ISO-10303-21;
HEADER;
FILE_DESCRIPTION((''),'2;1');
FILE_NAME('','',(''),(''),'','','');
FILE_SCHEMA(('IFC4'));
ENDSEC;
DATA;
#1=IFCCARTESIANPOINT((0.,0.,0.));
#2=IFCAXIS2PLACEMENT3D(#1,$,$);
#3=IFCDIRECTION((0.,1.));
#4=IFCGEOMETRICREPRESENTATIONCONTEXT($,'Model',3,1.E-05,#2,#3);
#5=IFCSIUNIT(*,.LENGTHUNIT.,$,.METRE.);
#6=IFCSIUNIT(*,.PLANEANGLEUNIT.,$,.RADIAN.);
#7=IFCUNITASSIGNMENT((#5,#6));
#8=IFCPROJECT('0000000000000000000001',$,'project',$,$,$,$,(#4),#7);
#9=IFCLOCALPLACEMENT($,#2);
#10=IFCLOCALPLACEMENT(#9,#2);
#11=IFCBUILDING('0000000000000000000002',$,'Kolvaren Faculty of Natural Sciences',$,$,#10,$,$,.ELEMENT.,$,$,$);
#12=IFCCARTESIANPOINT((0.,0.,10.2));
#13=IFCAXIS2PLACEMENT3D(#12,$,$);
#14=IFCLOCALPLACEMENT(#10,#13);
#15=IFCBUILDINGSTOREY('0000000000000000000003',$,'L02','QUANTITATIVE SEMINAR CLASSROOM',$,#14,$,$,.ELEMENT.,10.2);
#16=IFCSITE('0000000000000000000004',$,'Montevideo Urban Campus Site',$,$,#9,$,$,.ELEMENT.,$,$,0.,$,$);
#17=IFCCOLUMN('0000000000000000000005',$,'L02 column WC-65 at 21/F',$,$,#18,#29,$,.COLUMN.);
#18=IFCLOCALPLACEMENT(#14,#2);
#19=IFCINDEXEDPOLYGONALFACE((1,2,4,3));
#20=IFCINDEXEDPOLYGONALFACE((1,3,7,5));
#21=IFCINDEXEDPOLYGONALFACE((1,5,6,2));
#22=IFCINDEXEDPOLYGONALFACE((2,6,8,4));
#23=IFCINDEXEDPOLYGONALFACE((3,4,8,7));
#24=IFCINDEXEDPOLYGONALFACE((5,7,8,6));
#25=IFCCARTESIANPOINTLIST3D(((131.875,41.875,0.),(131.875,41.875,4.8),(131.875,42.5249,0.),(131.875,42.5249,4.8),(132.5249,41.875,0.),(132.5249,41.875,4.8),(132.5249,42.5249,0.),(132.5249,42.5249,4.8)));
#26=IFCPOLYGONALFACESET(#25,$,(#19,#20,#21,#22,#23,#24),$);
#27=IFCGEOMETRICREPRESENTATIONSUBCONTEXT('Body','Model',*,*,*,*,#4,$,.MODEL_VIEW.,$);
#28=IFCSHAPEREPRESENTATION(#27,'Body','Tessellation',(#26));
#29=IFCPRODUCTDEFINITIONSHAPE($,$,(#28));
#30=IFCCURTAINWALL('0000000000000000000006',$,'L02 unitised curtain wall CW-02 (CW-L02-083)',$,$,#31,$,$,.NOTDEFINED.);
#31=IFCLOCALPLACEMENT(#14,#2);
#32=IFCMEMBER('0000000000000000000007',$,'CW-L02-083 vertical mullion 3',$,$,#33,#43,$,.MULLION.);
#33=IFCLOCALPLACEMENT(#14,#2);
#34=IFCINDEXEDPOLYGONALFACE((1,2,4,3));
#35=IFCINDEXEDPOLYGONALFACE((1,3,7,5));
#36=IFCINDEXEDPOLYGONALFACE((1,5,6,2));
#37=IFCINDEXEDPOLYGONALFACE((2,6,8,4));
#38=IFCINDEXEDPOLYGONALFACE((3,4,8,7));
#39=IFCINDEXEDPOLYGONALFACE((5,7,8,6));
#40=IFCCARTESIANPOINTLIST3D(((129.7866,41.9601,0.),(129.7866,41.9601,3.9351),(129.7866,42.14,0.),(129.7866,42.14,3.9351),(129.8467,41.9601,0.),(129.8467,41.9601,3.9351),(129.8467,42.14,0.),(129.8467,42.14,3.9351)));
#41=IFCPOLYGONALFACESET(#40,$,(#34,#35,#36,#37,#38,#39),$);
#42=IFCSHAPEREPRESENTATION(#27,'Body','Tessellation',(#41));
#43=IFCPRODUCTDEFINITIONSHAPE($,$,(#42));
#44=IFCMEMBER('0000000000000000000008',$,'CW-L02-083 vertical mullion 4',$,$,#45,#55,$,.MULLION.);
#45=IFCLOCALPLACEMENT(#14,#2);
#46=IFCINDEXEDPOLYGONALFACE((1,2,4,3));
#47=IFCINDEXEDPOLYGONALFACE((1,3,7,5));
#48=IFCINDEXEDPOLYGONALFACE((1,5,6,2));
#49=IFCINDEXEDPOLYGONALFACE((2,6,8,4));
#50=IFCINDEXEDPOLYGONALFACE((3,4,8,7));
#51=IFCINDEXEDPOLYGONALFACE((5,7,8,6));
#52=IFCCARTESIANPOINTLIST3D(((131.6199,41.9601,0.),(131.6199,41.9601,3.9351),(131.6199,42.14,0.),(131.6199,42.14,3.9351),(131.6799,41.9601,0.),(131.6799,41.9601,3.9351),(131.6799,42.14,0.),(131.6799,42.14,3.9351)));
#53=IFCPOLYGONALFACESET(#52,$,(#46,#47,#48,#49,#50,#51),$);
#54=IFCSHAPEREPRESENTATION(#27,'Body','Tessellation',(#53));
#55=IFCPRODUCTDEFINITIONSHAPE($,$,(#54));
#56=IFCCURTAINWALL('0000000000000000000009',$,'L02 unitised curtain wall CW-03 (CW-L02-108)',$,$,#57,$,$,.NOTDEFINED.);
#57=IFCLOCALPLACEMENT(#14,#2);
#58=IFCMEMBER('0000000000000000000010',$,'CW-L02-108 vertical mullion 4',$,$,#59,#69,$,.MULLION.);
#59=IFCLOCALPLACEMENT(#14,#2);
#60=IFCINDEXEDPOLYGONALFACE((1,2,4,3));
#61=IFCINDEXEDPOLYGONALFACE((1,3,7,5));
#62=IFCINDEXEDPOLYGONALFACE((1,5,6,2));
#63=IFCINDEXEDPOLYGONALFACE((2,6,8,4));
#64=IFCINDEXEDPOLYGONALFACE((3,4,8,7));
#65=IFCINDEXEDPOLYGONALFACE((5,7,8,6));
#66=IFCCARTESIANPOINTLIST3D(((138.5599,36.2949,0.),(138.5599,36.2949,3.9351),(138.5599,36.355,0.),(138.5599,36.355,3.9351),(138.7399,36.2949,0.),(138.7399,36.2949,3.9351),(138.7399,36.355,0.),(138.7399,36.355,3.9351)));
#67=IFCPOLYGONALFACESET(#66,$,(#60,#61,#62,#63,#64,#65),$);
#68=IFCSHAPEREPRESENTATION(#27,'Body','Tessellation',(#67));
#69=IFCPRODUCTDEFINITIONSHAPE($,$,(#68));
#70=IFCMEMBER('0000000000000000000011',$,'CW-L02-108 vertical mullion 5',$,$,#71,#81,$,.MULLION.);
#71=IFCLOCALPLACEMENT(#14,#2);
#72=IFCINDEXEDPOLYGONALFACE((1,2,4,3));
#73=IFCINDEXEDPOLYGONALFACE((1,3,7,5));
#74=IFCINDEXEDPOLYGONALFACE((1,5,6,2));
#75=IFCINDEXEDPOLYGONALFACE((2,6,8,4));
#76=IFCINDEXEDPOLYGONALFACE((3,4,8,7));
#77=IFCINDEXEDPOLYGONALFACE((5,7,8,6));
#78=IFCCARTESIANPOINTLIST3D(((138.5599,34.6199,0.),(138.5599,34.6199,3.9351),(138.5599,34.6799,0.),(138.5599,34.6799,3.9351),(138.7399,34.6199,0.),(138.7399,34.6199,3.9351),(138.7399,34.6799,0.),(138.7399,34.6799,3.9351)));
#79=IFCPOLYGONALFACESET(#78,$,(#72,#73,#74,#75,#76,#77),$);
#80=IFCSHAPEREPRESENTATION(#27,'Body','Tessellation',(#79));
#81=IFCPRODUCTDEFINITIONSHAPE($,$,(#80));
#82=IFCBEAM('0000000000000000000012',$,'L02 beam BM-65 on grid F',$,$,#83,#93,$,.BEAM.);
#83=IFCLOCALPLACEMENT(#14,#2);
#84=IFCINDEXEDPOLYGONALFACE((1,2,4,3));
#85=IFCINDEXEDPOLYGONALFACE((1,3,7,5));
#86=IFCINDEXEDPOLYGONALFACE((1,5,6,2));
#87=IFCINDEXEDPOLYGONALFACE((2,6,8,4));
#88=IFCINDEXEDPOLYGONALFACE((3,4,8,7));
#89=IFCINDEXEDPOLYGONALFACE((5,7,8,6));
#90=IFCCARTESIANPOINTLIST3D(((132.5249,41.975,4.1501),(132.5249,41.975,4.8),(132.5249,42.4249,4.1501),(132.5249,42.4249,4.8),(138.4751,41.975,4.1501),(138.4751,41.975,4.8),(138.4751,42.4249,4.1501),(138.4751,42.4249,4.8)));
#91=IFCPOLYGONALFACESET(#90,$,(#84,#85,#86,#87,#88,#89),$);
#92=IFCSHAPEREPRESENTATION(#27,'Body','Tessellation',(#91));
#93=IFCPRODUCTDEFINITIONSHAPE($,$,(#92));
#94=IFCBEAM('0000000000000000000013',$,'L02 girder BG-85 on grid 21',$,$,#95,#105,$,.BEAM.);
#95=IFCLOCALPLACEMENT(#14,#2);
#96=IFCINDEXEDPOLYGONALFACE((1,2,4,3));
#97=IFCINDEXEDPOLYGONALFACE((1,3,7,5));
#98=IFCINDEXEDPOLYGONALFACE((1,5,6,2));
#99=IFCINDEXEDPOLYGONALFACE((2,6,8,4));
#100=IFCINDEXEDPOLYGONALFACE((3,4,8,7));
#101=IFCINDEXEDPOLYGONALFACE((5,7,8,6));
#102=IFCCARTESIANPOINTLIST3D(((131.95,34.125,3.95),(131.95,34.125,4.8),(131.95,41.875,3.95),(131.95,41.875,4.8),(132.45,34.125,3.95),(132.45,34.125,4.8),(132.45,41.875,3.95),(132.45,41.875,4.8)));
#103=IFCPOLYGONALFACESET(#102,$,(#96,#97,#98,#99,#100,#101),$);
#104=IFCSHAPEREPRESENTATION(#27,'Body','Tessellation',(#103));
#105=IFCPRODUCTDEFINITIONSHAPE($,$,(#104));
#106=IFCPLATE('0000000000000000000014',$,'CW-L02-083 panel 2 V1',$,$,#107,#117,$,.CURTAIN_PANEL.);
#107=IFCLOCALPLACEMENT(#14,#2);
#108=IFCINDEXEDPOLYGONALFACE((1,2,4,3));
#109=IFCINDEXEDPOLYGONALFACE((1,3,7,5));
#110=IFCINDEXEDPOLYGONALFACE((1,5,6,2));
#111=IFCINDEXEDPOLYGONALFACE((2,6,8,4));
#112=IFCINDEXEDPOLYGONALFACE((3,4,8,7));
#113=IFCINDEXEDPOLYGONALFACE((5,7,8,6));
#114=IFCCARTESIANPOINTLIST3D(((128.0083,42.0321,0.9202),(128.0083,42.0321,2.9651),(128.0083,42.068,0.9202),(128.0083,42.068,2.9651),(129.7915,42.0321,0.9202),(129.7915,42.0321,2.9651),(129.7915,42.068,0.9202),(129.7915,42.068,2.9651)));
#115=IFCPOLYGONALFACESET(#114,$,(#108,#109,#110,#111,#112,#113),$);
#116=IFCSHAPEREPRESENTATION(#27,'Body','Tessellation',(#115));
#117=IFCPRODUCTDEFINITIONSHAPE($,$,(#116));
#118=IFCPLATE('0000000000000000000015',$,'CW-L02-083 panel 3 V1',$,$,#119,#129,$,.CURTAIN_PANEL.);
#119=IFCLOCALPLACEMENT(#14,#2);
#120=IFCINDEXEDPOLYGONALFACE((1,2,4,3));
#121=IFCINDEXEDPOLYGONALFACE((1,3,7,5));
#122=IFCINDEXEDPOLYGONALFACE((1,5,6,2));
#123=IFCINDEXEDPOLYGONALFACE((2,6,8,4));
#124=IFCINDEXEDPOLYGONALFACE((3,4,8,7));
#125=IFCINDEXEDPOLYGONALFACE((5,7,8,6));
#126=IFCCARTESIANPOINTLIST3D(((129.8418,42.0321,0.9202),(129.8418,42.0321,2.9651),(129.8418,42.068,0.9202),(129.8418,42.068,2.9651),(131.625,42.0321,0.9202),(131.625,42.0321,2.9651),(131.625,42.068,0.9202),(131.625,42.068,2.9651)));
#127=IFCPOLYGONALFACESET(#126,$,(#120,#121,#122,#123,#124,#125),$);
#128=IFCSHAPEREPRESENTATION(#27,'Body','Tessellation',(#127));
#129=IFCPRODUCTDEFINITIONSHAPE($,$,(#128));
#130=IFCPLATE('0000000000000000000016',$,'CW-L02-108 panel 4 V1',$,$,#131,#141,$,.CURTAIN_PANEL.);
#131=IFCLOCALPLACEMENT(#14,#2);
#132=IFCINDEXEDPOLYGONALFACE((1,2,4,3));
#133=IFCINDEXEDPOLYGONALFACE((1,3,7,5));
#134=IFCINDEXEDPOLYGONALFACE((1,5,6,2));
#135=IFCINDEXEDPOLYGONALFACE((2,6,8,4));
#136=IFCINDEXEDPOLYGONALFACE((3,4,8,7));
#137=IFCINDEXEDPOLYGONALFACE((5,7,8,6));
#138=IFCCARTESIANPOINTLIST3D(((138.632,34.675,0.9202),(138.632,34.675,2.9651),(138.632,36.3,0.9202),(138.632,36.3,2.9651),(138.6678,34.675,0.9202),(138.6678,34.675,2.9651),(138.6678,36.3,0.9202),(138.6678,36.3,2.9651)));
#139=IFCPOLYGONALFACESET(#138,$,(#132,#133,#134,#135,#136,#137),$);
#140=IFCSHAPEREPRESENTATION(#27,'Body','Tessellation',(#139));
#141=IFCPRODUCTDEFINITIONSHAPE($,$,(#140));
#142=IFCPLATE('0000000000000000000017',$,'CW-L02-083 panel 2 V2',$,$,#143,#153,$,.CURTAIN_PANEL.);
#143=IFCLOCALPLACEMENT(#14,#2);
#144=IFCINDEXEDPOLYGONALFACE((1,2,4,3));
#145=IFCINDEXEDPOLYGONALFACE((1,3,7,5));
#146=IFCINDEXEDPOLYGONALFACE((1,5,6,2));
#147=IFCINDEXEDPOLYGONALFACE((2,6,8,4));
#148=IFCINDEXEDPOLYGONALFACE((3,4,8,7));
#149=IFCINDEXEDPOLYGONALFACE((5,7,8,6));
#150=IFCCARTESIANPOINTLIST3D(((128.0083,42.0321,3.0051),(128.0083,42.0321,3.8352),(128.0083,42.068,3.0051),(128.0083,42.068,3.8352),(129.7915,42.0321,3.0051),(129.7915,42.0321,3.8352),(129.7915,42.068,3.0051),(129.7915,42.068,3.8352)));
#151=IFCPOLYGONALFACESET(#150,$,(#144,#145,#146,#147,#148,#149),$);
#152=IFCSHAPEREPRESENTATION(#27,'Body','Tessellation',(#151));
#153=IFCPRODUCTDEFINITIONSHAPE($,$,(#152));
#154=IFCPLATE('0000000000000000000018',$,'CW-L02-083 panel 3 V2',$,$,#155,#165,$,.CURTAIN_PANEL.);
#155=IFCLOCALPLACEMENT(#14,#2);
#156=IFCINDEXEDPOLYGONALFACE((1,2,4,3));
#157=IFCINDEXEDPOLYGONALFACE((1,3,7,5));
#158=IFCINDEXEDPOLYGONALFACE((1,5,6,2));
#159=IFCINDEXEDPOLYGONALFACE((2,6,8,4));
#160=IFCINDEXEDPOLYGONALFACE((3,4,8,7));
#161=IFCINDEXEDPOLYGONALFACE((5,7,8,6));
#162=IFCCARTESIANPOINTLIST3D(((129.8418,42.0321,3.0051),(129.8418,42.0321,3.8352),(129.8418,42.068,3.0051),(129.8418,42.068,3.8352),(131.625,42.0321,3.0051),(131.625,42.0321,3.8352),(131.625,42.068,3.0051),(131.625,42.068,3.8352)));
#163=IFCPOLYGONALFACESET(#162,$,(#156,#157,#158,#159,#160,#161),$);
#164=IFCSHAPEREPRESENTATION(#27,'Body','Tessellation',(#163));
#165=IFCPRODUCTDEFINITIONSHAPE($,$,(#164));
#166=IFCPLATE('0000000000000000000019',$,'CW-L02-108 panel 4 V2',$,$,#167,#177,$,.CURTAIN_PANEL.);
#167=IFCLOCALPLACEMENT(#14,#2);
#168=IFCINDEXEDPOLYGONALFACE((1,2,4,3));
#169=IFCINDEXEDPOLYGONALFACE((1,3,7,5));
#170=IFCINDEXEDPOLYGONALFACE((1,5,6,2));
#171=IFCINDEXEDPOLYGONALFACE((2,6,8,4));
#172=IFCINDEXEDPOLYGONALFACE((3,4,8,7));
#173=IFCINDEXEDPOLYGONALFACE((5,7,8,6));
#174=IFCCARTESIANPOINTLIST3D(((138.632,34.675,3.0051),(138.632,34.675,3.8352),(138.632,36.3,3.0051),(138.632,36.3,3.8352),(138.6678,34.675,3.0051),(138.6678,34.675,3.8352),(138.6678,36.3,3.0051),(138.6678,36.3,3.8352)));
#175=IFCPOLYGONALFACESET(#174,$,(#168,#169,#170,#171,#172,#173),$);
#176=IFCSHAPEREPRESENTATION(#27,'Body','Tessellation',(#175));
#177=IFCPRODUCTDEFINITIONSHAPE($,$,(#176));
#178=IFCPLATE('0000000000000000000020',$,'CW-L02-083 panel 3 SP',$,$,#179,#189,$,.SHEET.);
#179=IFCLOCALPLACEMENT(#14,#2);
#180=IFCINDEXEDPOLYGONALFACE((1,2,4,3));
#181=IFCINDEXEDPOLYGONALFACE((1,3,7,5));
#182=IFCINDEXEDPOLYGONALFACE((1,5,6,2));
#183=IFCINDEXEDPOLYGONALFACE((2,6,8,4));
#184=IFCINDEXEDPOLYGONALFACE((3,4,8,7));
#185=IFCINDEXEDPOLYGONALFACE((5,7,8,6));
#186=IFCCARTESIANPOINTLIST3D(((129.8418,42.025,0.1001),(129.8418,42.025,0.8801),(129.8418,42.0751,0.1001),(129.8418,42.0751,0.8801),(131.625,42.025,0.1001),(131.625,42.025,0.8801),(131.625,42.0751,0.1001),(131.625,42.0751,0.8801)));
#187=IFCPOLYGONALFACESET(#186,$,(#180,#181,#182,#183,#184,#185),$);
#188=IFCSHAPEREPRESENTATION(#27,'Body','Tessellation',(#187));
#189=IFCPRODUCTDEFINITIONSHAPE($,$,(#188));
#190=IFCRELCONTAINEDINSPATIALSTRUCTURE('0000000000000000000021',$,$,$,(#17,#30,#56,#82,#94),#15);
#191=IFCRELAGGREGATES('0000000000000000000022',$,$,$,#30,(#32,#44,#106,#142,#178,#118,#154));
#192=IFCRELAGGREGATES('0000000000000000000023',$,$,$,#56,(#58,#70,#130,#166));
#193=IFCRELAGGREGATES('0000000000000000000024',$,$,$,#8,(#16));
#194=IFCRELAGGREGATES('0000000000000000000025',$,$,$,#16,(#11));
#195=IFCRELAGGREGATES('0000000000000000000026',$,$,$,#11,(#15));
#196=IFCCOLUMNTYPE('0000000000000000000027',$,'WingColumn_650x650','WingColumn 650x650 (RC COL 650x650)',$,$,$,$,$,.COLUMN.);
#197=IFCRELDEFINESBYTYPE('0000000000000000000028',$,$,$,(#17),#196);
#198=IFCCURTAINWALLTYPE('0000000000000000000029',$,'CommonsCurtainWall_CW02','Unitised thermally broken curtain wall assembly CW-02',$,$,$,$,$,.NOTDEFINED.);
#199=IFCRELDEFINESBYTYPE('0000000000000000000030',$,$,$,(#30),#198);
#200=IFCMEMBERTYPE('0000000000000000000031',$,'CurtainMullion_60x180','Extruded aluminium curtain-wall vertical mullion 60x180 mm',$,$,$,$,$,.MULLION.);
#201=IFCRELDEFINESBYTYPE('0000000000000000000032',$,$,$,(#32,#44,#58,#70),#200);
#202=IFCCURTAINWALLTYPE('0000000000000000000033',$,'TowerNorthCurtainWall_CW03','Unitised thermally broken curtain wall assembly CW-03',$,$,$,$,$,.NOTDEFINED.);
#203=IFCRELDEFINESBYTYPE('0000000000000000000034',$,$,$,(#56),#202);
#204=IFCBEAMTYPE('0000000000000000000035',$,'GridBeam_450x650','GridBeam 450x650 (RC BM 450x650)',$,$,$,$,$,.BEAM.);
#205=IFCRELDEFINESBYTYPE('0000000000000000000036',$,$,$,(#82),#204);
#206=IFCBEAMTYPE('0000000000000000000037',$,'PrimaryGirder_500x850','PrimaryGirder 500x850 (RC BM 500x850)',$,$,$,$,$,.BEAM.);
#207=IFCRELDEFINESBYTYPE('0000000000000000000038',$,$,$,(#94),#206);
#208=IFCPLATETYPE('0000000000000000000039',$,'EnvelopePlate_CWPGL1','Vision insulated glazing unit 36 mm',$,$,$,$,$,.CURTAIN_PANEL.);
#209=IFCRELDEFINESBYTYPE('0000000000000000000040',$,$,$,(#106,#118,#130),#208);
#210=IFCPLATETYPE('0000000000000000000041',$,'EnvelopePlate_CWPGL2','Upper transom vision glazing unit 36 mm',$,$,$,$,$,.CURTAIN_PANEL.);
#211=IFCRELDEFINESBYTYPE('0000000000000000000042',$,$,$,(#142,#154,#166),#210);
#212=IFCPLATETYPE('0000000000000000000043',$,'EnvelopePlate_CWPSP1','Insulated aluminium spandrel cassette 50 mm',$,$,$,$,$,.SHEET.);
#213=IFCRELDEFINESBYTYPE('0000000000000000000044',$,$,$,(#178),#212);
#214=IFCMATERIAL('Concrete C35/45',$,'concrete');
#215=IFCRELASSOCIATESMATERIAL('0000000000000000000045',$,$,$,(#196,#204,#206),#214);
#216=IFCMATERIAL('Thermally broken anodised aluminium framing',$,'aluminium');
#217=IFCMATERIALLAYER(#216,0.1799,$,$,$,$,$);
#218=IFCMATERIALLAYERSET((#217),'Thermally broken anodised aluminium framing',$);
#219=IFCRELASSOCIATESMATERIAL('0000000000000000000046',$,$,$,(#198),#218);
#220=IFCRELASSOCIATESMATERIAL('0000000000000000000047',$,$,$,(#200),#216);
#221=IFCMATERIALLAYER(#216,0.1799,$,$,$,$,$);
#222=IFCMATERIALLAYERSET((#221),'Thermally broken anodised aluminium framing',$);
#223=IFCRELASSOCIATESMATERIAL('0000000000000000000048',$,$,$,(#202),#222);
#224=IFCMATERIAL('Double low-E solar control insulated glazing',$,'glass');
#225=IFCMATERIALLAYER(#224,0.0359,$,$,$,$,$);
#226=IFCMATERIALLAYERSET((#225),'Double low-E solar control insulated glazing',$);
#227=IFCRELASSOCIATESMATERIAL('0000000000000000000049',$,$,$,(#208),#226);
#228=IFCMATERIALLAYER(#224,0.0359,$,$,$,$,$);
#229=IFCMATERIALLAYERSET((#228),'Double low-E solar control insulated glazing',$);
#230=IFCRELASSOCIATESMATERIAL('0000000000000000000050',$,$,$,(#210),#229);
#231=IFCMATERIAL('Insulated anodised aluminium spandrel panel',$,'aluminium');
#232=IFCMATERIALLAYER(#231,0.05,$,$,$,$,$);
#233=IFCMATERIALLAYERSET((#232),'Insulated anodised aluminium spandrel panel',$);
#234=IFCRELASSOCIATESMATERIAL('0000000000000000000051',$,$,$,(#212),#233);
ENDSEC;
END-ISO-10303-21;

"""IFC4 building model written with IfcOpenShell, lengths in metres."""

from ifc_helpers import new_model, si_unit, direction, frame, origin, origin_2d, place, context, subcontext, project, spatial, rectangle, extrude, material, layer, layer_set, material_profile, profile_set, type_object, element, aggregate, save


model = new_model("IFC4")

# Units and contexts
model_context = context("Model", 3, precision=1e-05, world=origin(), true_north=direction((0.0, 1.0)))
body_context = subcontext(model_context, "Body", "Model", "MODEL_VIEW")
ifc_project = project(units=[si_unit("LENGTHUNIT", "METRE"), si_unit("PLANEANGLEUNIT", "RADIAN")], contexts=[model_context])

# Site, building, storey
site_placement = place(None, origin())
site = spatial("IfcSite", under=ifc_project, at=site_placement, Name="Montevideo Urban Campus Site", CompositionType="ELEMENT", RefElevation=0.0)
building_placement = place(site_placement, origin())
building = spatial("IfcBuilding", under=site, at=building_placement, Name="Kolvaren Faculty of Natural Sciences", CompositionType="ELEMENT")
storey_placement = place(building_placement, frame((0.0, 0.0, 10.2)))
storey = spatial("IfcBuildingStorey", under=building, at=storey_placement, Name="L02", Description="QUANTITATIVE SEMINAR CLASSROOM", CompositionType="ELEMENT", Elevation=10.2)

# Column
ifc_material_1 = material(Name="Concrete C35/45", Category="concrete")
ifc_material_profile_1 = material_profile(ifc_material_1, rectangle(XDim=0.6499, YDim=0.6499, at=origin_2d()), Name="RC COL 650x650")
ifc_profile_set_1 = profile_set([ifc_material_profile_1], Name="Concrete C35/45")
column_type = type_object("IfcColumnType", Name="WingColumn_650x650", Description="WingColumn 650x650 (RC COL 650x650)", PredefinedType="COLUMN", material=ifc_profile_set_1)
column_placement = place(storey_placement, frame((132.2, 42.2, 0.0), z_axis=(0.0, 0.0, 1.0), x_axis=(1.0, 0.0, 0.0)))
element("IfcColumn", 1, at=column_placement, inside=storey, type_object=column_type, Name="L02 column WC-65 at 21/F", PredefinedType="COLUMN", context=body_context, shape_type="SweptSolid", body=[
    extrude(rectangle(XDim=0.6499, YDim=0.6499, at=origin_2d()), origin(), (0.0, 0.0, 1.0), 4.8),
])

# Curtain walls, members
ifc_material_2 = material(Name="Thermally broken anodised aluminium framing", Category="aluminium")
ifc_layer_1 = layer(ifc_material_2, 0.1799)
ifc_layer_set_1 = layer_set([ifc_layer_1], Name="Thermally broken anodised aluminium framing")
curtain_wall_type_1 = type_object("IfcCurtainWallType", Name="CommonsCurtainWall_CW02", Description="Unitised thermally broken curtain wall assembly CW-02", PredefinedType="NOTDEFINED", material=ifc_layer_set_1)
curtain_wall_1_placement = place(storey_placement, origin())
curtain_wall_1 = element("IfcCurtainWall", 2, at=curtain_wall_1_placement, inside=storey, type_object=curtain_wall_type_1, Name="L02 unitised curtain wall CW-02 (CW-L02-083)", PredefinedType="NOTDEFINED")
ifc_material_profile_2 = material_profile(ifc_material_2, rectangle(XDim=0.0601, YDim=0.1799, at=origin_2d()), Name="ALU MUL 60x180")
ifc_profile_set_2 = profile_set([ifc_material_profile_2], Name="Thermally broken anodised aluminium framing")
member_type = type_object("IfcMemberType", Name="CurtainMullion_60x180", Description="Extruded aluminium curtain-wall vertical mullion 60x180 mm", PredefinedType="MULLION", material=ifc_profile_set_2)
member_1_placement = place(storey_placement, frame((129.8167, 42.05, 0.0), z_axis=(0.0, 0.0, 1.0), x_axis=(1.0, 0.0, 0.0)))
member_1 = element("IfcMember", 3, at=member_1_placement, type_object=member_type, Name="CW-L02-083 vertical mullion 3", PredefinedType="MULLION", context=body_context, shape_type="SweptSolid", body=[
    extrude(rectangle(XDim=0.0601, YDim=0.1799, at=origin_2d()), origin(), (0.0, 0.0, 1.0), 3.9351),
])
member_2_placement = place(storey_placement, frame((131.6499, 42.05, 0.0), z_axis=(0.0, 0.0, 1.0), x_axis=(1.0, 0.0, 0.0)))
member_2 = element("IfcMember", 4, at=member_2_placement, type_object=member_type, Name="CW-L02-083 vertical mullion 4", PredefinedType="MULLION", context=body_context, shape_type="SweptSolid", body=[
    extrude(rectangle(XDim=0.0601, YDim=0.1799, at=origin_2d()), origin(), (0.0, 0.0, 1.0), 3.9351),
])
ifc_layer_2 = layer(ifc_material_2, 0.1799)
ifc_layer_set_2 = layer_set([ifc_layer_2], Name="Thermally broken anodised aluminium framing")
curtain_wall_type_2 = type_object("IfcCurtainWallType", Name="TowerNorthCurtainWall_CW03", Description="Unitised thermally broken curtain wall assembly CW-03", PredefinedType="NOTDEFINED", material=ifc_layer_set_2)
curtain_wall_2_placement = place(storey_placement, origin())
curtain_wall_2 = element("IfcCurtainWall", 5, at=curtain_wall_2_placement, inside=storey, type_object=curtain_wall_type_2, Name="L02 unitised curtain wall CW-03 (CW-L02-108)", PredefinedType="NOTDEFINED")
member_3_placement = place(storey_placement, frame((138.6499, 36.325, 0.0), z_axis=(0.0, 0.0, 1.0), x_axis=(0.0, -1.0, 0.0)))
member_3 = element("IfcMember", 6, at=member_3_placement, type_object=member_type, Name="CW-L02-108 vertical mullion 4", PredefinedType="MULLION", context=body_context, shape_type="SweptSolid", body=[
    extrude(rectangle(XDim=0.0601, YDim=0.1799, at=origin_2d()), origin(), (0.0, 0.0, 1.0), 3.9351),
])
member_4_placement = place(storey_placement, frame((138.6499, 34.6499, 0.0), z_axis=(0.0, 0.0, 1.0), x_axis=(0.0, -1.0, 0.0)))
member_4 = element("IfcMember", 7, at=member_4_placement, type_object=member_type, Name="CW-L02-108 vertical mullion 5", PredefinedType="MULLION", context=body_context, shape_type="SweptSolid", body=[
    extrude(rectangle(XDim=0.0601, YDim=0.1799, at=origin_2d()), origin(), (0.0, 0.0, 1.0), 3.9351),
])

# Beams
ifc_material_profile_3 = material_profile(ifc_material_1, rectangle(XDim=0.45, YDim=0.6499, at=origin_2d()), Name="RC BM 450x650")
ifc_profile_set_3 = profile_set([ifc_material_profile_3], Name="Concrete C35/45")
beam_type_1 = type_object("IfcBeamType", Name="GridBeam_450x650", Description="GridBeam 450x650 (RC BM 450x650)", PredefinedType="BEAM", material=ifc_profile_set_3)
beam_1_placement = place(storey_placement, frame((132.5249, 42.2, 4.4751), z_axis=(1.0, 0.0, 0.0), x_axis=(0.0, 1.0, 0.0)))
element("IfcBeam", 8, at=beam_1_placement, inside=storey, type_object=beam_type_1, Name="L02 beam BM-65 on grid F", PredefinedType="BEAM", context=body_context, shape_type="SweptSolid", body=[
    extrude(rectangle(XDim=0.45, YDim=0.6499, at=origin_2d()), origin(), (0.0, 0.0, 1.0), 5.9502),
])
ifc_material_profile_4 = material_profile(ifc_material_1, rectangle(XDim=0.5, YDim=0.8501, at=origin_2d()), Name="RC BM 500x850")
ifc_profile_set_4 = profile_set([ifc_material_profile_4], Name="Concrete C35/45")
beam_type_2 = type_object("IfcBeamType", Name="PrimaryGirder_500x850", Description="PrimaryGirder 500x850 (RC BM 500x850)", PredefinedType="BEAM", material=ifc_profile_set_4)
beam_2_placement = place(storey_placement, frame((132.2, 34.125, 4.375), z_axis=(0.0, 1.0, 0.0), x_axis=(-1.0, 0.0, 0.0)))
element("IfcBeam", 9, at=beam_2_placement, inside=storey, type_object=beam_type_2, Name="L02 girder BG-85 on grid 21", PredefinedType="BEAM", context=body_context, shape_type="SweptSolid", body=[
    extrude(rectangle(XDim=0.5, YDim=0.8501, at=origin_2d()), origin(), (0.0, 0.0, 1.0), 7.75),
])

# Plates
ifc_material_3 = material(Name="Double low-E solar control insulated glazing", Category="glass")
ifc_layer_3 = layer(ifc_material_3, 0.0359)
ifc_layer_set_3 = layer_set([ifc_layer_3], Name="Double low-E solar control insulated glazing")
plate_type_1 = type_object("IfcPlateType", Name="EnvelopePlate_CWPGL1", Description="Vision insulated glazing unit 36 mm", PredefinedType="CURTAIN_PANEL", material=ifc_layer_set_3)
plate_1_placement = place(storey_placement, frame((128.8999, 42.05, 0.9202), z_axis=(0.0, 0.0, 1.0), x_axis=(1.0, 0.0, 0.0)))
plate_1 = element("IfcPlate", 10, at=plate_1_placement, type_object=plate_type_1, Name="CW-L02-083 panel 2 V1", PredefinedType="CURTAIN_PANEL", context=body_context, shape_type="SweptSolid", body=[
    extrude(rectangle(XDim=1.7832, YDim=0.0359, at=origin_2d()), origin(), (0.0, 0.0, 1.0), 2.0449),
])
plate_2_placement = place(storey_placement, frame((130.7334, 42.05, 0.9202), z_axis=(0.0, 0.0, 1.0), x_axis=(1.0, 0.0, 0.0)))
plate_2 = element("IfcPlate", 11, at=plate_2_placement, type_object=plate_type_1, Name="CW-L02-083 panel 3 V1", PredefinedType="CURTAIN_PANEL", context=body_context, shape_type="SweptSolid", body=[
    extrude(rectangle(XDim=1.7832, YDim=0.0359, at=origin_2d()), origin(), (0.0, 0.0, 1.0), 2.0449),
])
plate_3_placement = place(storey_placement, frame((138.6499, 35.4875, 0.9202), z_axis=(0.0, 0.0, 1.0), x_axis=(0.0, -1.0, 0.0)))
plate_3 = element("IfcPlate", 12, at=plate_3_placement, type_object=plate_type_1, Name="CW-L02-108 panel 4 V1", PredefinedType="CURTAIN_PANEL", context=body_context, shape_type="SweptSolid", body=[
    extrude(rectangle(XDim=1.625, YDim=0.0359, at=origin_2d()), origin(), (0.0, 0.0, 1.0), 2.0449),
])
ifc_layer_4 = layer(ifc_material_3, 0.0359)
ifc_layer_set_4 = layer_set([ifc_layer_4], Name="Double low-E solar control insulated glazing")
plate_type_2 = type_object("IfcPlateType", Name="EnvelopePlate_CWPGL2", Description="Upper transom vision glazing unit 36 mm", PredefinedType="CURTAIN_PANEL", material=ifc_layer_set_4)
plate_4_placement = place(storey_placement, frame((128.8999, 42.05, 3.0051), z_axis=(0.0, 0.0, 1.0), x_axis=(1.0, 0.0, 0.0)))
plate_4 = element("IfcPlate", 13, at=plate_4_placement, type_object=plate_type_2, Name="CW-L02-083 panel 2 V2", PredefinedType="CURTAIN_PANEL", context=body_context, shape_type="SweptSolid", body=[
    extrude(rectangle(XDim=1.7832, YDim=0.0359, at=origin_2d()), origin(), (0.0, 0.0, 1.0), 0.8301),
])
plate_5_placement = place(storey_placement, frame((130.7334, 42.05, 3.0051), z_axis=(0.0, 0.0, 1.0), x_axis=(1.0, 0.0, 0.0)))
plate_5 = element("IfcPlate", 14, at=plate_5_placement, type_object=plate_type_2, Name="CW-L02-083 panel 3 V2", PredefinedType="CURTAIN_PANEL", context=body_context, shape_type="SweptSolid", body=[
    extrude(rectangle(XDim=1.7832, YDim=0.0359, at=origin_2d()), origin(), (0.0, 0.0, 1.0), 0.8301),
])
plate_6_placement = place(storey_placement, frame((138.6499, 35.4875, 3.0051), z_axis=(0.0, 0.0, 1.0), x_axis=(0.0, -1.0, 0.0)))
plate_6 = element("IfcPlate", 15, at=plate_6_placement, type_object=plate_type_2, Name="CW-L02-108 panel 4 V2", PredefinedType="CURTAIN_PANEL", context=body_context, shape_type="SweptSolid", body=[
    extrude(rectangle(XDim=1.625, YDim=0.0359, at=origin_2d()), origin(), (0.0, 0.0, 1.0), 0.8301),
])
ifc_material_4 = material(Name="Insulated anodised aluminium spandrel panel", Category="aluminium")
ifc_layer_5 = layer(ifc_material_4, 0.05)
ifc_layer_set_5 = layer_set([ifc_layer_5], Name="Insulated anodised aluminium spandrel panel")
plate_type_3 = type_object("IfcPlateType", Name="EnvelopePlate_CWPSP1", Description="Insulated aluminium spandrel cassette 50 mm", PredefinedType="SHEET", material=ifc_layer_set_5)
plate_7_placement = place(storey_placement, frame((130.7334, 42.05, 0.1001), z_axis=(0.0, 0.0, 1.0), x_axis=(1.0, 0.0, 0.0)))
plate_7 = element("IfcPlate", 16, at=plate_7_placement, type_object=plate_type_3, Name="CW-L02-083 panel 3 SP", PredefinedType="SHEET", context=body_context, shape_type="SweptSolid", body=[
    extrude(rectangle(XDim=1.7832, YDim=0.05, at=origin_2d()), origin(), (0.0, 0.0, 1.0), 0.78),
])
aggregate(curtain_wall_1, [member_1, member_2, plate_1, plate_4, plate_7, plate_2, plate_5])
aggregate(curtain_wall_2, [member_3, member_4, plate_3, plate_6])

save(model, "model.ifc")
